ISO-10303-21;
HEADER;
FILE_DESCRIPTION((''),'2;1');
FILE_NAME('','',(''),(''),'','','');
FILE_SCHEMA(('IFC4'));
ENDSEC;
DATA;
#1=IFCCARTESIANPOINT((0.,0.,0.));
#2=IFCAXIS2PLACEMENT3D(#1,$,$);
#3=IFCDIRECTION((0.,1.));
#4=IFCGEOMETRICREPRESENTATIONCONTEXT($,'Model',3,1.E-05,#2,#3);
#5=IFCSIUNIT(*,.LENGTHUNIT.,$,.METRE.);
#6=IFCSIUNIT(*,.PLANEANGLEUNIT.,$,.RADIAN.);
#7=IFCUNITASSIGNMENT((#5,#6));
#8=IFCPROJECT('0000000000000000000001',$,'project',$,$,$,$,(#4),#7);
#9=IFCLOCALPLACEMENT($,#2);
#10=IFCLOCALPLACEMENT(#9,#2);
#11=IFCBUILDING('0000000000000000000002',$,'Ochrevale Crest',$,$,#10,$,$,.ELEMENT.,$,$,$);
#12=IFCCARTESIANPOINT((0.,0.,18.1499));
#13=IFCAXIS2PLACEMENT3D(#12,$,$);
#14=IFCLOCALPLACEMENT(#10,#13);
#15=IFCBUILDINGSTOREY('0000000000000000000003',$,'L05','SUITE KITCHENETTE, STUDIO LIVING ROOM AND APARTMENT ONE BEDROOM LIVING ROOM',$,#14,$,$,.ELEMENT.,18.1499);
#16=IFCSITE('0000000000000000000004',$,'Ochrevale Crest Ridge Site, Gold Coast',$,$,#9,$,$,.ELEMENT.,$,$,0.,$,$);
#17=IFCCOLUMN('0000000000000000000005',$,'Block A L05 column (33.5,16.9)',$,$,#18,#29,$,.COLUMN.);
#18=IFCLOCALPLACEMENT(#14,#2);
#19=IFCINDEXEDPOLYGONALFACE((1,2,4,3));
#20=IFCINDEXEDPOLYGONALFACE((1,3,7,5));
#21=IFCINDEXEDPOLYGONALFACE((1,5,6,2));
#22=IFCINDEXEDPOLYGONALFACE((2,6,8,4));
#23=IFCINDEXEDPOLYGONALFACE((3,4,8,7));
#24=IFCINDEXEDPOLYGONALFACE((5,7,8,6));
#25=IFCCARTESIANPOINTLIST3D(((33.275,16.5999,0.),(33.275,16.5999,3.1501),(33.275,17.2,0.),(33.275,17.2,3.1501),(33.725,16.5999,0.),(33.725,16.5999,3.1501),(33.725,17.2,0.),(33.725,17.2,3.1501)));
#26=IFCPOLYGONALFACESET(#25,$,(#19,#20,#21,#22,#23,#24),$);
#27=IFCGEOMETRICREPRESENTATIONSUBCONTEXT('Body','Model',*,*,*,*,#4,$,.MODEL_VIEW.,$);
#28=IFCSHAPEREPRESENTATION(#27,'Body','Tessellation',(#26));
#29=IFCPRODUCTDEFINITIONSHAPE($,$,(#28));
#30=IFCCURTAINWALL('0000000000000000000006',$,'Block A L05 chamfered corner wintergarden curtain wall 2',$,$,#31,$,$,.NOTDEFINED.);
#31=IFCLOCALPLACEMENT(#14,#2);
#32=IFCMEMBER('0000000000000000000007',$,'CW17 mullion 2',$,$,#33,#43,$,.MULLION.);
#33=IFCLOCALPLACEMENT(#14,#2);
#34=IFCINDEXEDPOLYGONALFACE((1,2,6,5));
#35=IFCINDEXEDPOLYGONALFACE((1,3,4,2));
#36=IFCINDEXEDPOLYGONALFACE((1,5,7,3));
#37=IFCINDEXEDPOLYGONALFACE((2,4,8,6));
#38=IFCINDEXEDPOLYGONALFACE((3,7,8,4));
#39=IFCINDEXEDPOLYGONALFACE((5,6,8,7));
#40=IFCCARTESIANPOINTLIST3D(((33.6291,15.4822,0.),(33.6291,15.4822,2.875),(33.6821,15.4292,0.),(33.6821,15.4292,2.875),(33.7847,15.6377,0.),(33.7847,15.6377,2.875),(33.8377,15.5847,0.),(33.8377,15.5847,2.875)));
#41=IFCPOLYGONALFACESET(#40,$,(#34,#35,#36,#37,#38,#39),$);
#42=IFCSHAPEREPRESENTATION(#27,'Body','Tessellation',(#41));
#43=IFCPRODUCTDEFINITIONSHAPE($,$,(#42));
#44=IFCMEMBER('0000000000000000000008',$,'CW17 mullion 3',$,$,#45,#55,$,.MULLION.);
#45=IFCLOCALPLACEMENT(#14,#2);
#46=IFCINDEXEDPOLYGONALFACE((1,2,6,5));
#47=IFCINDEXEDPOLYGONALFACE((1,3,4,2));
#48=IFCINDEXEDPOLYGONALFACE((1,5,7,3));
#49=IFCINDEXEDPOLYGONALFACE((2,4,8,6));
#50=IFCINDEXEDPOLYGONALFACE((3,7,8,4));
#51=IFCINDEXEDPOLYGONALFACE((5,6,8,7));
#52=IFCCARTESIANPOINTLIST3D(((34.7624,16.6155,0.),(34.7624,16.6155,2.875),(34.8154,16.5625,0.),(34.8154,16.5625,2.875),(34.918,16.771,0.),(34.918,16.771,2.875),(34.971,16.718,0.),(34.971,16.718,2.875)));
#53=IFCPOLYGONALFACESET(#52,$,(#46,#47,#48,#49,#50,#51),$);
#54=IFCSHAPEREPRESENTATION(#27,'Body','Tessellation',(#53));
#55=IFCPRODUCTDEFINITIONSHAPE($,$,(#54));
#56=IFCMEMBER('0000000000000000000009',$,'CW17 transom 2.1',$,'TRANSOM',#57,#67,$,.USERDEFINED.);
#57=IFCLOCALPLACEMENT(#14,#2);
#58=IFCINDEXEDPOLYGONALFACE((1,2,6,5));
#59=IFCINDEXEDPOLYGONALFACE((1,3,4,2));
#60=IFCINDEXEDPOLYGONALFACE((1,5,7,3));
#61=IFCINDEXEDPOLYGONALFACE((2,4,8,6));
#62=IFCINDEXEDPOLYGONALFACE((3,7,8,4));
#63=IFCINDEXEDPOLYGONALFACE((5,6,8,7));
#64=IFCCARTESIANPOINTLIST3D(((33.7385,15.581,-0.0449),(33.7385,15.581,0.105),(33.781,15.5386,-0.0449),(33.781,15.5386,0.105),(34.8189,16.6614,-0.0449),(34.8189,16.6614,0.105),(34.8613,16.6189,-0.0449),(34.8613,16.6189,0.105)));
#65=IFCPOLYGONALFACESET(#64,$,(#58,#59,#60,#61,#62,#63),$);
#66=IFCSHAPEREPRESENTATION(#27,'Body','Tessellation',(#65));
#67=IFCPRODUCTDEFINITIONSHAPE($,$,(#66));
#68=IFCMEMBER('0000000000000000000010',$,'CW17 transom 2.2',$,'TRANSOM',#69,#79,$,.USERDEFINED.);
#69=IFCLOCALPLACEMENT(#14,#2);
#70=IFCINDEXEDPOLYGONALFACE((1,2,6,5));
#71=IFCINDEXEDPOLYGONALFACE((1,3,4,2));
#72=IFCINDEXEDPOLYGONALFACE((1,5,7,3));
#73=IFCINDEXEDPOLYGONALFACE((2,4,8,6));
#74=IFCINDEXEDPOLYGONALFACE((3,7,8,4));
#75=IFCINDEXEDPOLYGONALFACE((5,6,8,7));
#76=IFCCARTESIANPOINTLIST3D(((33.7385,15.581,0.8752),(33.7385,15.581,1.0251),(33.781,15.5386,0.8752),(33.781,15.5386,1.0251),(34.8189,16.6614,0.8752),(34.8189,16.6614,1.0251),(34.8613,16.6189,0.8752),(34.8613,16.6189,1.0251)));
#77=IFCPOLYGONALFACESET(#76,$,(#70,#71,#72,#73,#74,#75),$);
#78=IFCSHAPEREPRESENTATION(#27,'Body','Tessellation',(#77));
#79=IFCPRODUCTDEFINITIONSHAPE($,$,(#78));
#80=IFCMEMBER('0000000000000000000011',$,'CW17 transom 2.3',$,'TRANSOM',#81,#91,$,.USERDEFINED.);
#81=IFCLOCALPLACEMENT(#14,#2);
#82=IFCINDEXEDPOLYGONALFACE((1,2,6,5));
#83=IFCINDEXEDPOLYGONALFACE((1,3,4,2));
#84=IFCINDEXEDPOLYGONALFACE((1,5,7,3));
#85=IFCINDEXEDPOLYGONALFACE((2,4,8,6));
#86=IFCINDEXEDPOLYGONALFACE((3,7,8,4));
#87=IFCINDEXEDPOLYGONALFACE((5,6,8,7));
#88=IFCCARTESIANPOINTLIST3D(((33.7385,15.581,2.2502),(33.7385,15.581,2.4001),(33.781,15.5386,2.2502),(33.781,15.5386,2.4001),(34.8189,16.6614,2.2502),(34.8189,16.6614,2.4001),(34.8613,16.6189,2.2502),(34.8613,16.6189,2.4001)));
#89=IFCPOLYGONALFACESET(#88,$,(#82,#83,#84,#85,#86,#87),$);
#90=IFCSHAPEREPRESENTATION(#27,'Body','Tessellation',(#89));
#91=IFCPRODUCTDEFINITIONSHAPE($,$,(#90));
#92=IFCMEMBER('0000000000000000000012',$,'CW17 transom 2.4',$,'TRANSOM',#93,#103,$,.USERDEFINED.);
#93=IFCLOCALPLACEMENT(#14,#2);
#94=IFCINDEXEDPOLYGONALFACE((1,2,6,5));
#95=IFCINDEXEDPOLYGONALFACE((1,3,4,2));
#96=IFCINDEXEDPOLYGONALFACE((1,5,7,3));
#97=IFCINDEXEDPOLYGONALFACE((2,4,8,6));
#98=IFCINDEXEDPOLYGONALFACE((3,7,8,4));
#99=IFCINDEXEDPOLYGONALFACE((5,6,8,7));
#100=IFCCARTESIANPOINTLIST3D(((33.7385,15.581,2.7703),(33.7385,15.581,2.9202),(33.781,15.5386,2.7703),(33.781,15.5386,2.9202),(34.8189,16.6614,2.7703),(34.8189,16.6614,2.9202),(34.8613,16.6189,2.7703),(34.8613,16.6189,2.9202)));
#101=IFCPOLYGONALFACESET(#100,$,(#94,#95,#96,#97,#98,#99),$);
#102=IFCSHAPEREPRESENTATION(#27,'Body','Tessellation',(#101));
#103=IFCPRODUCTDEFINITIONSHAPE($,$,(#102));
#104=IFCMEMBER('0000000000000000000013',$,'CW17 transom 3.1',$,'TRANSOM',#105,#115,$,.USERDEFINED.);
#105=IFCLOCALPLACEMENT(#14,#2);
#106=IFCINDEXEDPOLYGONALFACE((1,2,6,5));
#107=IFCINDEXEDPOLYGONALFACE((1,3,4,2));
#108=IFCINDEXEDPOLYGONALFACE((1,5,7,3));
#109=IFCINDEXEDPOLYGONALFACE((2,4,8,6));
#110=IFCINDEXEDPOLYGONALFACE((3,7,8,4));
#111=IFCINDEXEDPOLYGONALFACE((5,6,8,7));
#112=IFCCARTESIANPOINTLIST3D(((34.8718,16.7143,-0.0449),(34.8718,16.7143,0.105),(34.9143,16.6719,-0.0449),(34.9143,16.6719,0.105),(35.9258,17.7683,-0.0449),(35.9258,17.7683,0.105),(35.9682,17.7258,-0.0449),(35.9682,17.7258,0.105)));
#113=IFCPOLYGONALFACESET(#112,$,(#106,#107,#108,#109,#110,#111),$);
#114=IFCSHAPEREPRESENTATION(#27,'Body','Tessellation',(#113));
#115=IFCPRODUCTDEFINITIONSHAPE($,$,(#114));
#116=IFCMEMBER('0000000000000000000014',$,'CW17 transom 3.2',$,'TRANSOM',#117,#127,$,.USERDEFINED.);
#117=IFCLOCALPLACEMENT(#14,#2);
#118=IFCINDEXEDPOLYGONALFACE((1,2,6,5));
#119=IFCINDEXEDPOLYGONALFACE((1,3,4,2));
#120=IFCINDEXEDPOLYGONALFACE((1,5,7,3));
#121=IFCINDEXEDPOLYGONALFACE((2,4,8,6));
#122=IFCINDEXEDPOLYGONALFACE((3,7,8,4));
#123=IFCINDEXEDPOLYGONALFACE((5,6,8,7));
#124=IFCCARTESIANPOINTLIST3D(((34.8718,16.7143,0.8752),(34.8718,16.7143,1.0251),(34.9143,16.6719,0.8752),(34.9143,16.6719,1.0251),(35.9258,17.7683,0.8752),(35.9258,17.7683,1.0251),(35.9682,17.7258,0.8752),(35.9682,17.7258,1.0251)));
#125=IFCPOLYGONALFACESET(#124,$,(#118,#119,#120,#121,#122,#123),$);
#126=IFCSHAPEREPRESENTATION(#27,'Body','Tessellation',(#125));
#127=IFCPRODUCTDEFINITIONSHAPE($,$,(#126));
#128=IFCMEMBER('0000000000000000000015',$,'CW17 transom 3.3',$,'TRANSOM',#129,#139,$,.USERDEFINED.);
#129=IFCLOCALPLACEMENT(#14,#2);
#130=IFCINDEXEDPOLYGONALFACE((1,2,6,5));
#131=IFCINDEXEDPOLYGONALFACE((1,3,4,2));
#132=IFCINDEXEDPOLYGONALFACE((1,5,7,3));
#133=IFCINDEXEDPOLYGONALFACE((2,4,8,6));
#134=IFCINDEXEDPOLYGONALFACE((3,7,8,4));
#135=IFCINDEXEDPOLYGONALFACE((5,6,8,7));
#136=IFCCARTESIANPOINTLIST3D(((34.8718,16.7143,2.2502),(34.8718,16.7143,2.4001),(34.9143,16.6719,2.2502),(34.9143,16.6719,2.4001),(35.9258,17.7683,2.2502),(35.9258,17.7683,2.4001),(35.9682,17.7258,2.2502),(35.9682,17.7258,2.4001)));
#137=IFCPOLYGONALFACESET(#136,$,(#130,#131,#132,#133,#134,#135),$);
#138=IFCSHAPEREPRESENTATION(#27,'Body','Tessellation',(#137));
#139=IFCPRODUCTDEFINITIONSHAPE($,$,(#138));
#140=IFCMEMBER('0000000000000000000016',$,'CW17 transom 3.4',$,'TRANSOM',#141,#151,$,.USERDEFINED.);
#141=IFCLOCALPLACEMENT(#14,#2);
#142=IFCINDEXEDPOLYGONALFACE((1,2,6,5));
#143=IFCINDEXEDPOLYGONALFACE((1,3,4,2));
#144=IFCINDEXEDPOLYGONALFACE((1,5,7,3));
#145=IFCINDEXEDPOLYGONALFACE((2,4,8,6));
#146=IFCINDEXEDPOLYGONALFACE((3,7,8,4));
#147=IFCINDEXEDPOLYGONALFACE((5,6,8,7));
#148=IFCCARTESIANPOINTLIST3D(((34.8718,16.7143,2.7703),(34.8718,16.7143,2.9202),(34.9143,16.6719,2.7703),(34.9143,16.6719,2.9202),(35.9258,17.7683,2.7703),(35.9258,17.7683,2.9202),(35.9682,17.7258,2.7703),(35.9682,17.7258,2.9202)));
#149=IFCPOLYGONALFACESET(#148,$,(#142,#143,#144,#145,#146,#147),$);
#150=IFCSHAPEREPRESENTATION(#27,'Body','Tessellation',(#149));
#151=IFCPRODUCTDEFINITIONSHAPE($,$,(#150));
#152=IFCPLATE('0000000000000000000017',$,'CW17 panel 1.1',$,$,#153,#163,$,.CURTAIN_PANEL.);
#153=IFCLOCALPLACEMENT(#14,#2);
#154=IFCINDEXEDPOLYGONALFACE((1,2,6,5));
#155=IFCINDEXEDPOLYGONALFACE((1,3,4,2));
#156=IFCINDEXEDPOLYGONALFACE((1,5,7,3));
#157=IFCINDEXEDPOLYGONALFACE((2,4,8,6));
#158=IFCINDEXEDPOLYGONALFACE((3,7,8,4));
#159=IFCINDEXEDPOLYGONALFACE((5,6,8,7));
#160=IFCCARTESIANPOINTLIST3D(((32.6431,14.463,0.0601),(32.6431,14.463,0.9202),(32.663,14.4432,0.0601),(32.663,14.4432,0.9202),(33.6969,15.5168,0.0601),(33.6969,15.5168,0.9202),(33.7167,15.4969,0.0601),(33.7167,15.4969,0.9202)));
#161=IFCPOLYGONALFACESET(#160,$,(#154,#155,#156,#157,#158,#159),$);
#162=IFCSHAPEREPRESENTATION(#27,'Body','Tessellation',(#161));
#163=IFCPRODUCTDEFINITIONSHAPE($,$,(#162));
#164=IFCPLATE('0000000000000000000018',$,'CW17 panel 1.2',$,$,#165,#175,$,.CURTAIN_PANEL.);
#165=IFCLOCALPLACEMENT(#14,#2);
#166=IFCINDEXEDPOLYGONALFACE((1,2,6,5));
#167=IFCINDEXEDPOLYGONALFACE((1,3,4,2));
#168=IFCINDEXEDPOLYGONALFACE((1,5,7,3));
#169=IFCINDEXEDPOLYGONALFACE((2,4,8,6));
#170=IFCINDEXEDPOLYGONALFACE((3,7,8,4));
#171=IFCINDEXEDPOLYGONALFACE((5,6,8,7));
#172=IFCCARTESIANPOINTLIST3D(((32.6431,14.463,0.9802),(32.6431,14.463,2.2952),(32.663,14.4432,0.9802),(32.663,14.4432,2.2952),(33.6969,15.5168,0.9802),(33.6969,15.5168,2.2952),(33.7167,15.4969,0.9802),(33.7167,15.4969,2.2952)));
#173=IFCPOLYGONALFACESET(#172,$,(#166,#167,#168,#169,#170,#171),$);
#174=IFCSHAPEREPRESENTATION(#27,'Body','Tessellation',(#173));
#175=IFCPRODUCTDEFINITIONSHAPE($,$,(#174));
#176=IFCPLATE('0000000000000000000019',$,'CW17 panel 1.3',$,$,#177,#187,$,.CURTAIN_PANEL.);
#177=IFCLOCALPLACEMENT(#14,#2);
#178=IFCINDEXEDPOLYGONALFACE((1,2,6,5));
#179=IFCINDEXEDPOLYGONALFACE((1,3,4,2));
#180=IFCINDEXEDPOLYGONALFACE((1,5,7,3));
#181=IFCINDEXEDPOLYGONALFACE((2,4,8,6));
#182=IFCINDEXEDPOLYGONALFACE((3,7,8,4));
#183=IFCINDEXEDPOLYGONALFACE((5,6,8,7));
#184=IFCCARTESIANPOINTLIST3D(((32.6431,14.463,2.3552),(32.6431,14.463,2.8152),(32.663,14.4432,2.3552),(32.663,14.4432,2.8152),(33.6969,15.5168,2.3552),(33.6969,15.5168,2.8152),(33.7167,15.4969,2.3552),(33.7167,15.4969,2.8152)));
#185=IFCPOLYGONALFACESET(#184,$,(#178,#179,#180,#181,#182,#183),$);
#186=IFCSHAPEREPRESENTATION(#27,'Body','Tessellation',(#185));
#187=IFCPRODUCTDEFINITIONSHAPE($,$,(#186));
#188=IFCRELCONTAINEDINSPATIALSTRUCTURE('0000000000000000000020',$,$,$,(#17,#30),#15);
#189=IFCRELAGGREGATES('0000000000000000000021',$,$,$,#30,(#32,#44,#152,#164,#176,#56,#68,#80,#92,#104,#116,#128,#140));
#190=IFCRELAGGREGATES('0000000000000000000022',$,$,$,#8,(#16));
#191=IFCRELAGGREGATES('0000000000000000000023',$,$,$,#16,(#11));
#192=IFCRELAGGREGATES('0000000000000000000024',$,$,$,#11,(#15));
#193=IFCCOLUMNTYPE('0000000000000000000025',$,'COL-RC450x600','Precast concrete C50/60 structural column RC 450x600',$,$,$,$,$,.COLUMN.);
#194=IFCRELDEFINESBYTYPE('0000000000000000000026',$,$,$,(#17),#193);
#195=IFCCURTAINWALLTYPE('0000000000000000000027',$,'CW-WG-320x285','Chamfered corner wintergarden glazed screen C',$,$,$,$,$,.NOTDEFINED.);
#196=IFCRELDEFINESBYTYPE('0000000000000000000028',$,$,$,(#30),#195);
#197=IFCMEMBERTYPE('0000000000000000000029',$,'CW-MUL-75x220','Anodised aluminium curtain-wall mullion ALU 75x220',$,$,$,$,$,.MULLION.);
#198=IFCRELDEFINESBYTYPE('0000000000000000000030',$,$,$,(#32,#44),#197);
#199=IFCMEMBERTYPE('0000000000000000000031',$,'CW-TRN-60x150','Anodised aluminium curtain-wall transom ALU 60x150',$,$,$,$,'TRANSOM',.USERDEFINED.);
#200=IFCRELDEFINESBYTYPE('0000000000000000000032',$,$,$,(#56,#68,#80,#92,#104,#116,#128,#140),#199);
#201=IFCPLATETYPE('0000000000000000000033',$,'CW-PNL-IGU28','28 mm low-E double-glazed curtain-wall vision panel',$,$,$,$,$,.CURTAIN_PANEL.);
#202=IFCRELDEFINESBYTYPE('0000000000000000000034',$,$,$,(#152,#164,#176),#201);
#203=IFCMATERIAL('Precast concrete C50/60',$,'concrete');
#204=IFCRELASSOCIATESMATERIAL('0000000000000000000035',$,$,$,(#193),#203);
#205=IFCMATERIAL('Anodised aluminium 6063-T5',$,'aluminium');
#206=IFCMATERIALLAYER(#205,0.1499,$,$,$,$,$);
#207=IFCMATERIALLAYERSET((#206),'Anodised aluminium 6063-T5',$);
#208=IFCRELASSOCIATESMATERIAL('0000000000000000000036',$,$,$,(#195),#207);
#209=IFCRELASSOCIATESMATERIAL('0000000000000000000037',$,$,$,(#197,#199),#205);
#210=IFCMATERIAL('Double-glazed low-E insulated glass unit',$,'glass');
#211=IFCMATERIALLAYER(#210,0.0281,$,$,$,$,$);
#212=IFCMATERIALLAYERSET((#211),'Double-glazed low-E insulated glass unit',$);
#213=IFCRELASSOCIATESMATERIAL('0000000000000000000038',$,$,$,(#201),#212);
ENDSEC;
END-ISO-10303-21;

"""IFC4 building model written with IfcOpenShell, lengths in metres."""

from ifc_helpers import new_model, si_unit, direction, frame, origin, origin_2d, place, context, subcontext, project, spatial, rectangle, extrude, material, layer, layer_set, material_profile, profile_set, type_object, element, aggregate, save


model = new_model("IFC4")

# Units and contexts
model_context = context("Model", 3, precision=1e-05, world=origin(), true_north=direction((0.0, 1.0)))
body_context = subcontext(model_context, "Body", "Model", "MODEL_VIEW")
ifc_project = project(units=[si_unit("LENGTHUNIT", "METRE"), si_unit("PLANEANGLEUNIT", "RADIAN")], contexts=[model_context])

# Site, building, storey
site_placement = place(None, origin())
site = spatial("IfcSite", under=ifc_project, at=site_placement, Name="Ochrevale Crest Ridge Site, Gold Coast", CompositionType="ELEMENT", RefElevation=0.0)
building_placement = place(site_placement, origin())
building = spatial("IfcBuilding", under=site, at=building_placement, Name="Ochrevale Crest", CompositionType="ELEMENT")
storey_placement = place(building_placement, frame((0.0, 0.0, 18.1499)))
storey = spatial("IfcBuildingStorey", under=building, at=storey_placement, Name="L05", Description="SUITE KITCHENETTE, STUDIO LIVING ROOM AND APARTMENT ONE BEDROOM LIVING ROOM", CompositionType="ELEMENT", Elevation=18.1499)

# Column
ifc_material_1 = material(Name="Precast concrete C50/60", Category="concrete")
ifc_material_profile_1 = material_profile(ifc_material_1, rectangle(XDim=0.45, YDim=0.6001, at=origin_2d()), Name="RC 450x600")
ifc_profile_set_1 = profile_set([ifc_material_profile_1], Name="Precast concrete C50/60")
column_type = type_object("IfcColumnType", Name="COL-RC450x600", Description="Precast concrete C50/60 structural column RC 450x600", PredefinedType="COLUMN", material=ifc_profile_set_1)
column_placement = place(storey_placement, frame((33.5, 16.8999, 0.0), z_axis=(0.0, 0.0, 1.0), x_axis=(1.0, 0.0, 0.0)))
element("IfcColumn", 1, at=column_placement, inside=storey, type_object=column_type, Name="Block A L05 column (33.5,16.9)", PredefinedType="COLUMN", context=body_context, shape_type="SweptSolid", body=[
    extrude(rectangle(XDim=0.45, YDim=0.6001, at=origin_2d()), origin(), (0.0, 0.0, 1.0), 3.1501),
])

# Curtain wall, members, plates
ifc_material_2 = material(Name="Anodised aluminium 6063-T5", Category="aluminium")
ifc_layer_1 = layer(ifc_material_2, 0.1499)
ifc_layer_set_1 = layer_set([ifc_layer_1], Name="Anodised aluminium 6063-T5")
curtain_wall_type = type_object("IfcCurtainWallType", Name="CW-WG-320x285", Description="Chamfered corner wintergarden glazed screen C", PredefinedType="NOTDEFINED", material=ifc_layer_set_1)
curtain_wall_placement = place(storey_placement, origin())
curtain_wall = element("IfcCurtainWall", 2, at=curtain_wall_placement, inside=storey, type_object=curtain_wall_type, Name="Block A L05 chamfered corner wintergarden curtain wall 2", PredefinedType="NOTDEFINED")
ifc_material_profile_2 = material_profile(ifc_material_2, rectangle(XDim=0.075, YDim=0.22, at=origin_2d()), Name="ALU 75x220")
ifc_profile_set_2 = profile_set([ifc_material_profile_2], Name="Anodised aluminium 6063-T5")
member_type_1 = type_object("IfcMemberType", Name="CW-MUL-75x220", Description="Anodised aluminium curtain-wall mullion ALU 75x220", PredefinedType="MULLION", material=ifc_profile_set_2)
member_1_placement = place(storey_placement, frame((33.7334, 15.5334, 0.0), z_axis=(0.0, 0.0, 1.0), x_axis=(-0.707107, 0.707107, 0.0)))
member_1 = element("IfcMember", 3, at=member_1_placement, type_object=member_type_1, Name="CW17 mullion 2", PredefinedType="MULLION", context=body_context, shape_type="SweptSolid", body=[
    extrude(rectangle(XDim=0.075, YDim=0.22, at=origin_2d()), origin(), (0.0, 0.0, 1.0), 2.875),
])
member_2_placement = place(storey_placement, frame((34.8667, 16.6667, 0.0), z_axis=(0.0, 0.0, 1.0), x_axis=(-0.707107, 0.707107, 0.0)))
member_2 = element("IfcMember", 4, at=member_2_placement, type_object=member_type_1, Name="CW17 mullion 3", PredefinedType="MULLION", context=body_context, shape_type="SweptSolid", body=[
    extrude(rectangle(XDim=0.075, YDim=0.22, at=origin_2d()), origin(), (0.0, 0.0, 1.0), 2.875),
])
ifc_material_profile_3 = material_profile(ifc_material_2, rectangle(XDim=0.0601, YDim=0.1499, at=origin_2d()), Name="ALU 60x150")
ifc_profile_set_3 = profile_set([ifc_material_profile_3], Name="Anodised aluminium 6063-T5")
member_type_2 = type_object("IfcMemberType", Name="CW-TRN-60x150", Description="Anodised aluminium curtain-wall transom ALU 60x150", ElementType="TRANSOM", PredefinedType="USERDEFINED", material=ifc_profile_set_3)
member_3_placement = place(storey_placement, frame((33.7598, 15.5598, 0.03), z_axis=(0.707107, 0.707107, 0.0), x_axis=(-0.707107, 0.707107, 0.0)))
member_3 = element("IfcMember", 5, at=member_3_placement, type_object=member_type_2, Name="CW17 transom 2.1", ObjectType="TRANSOM", PredefinedType="USERDEFINED", context=body_context, shape_type="SweptSolid", body=[
    extrude(rectangle(XDim=0.0601, YDim=0.1499, at=origin_2d()), origin(), (0.0, 0.0, 1.0), 1.5278),
])
member_4_placement = place(storey_placement, frame((33.7598, 15.5598, 0.9502), z_axis=(0.707107, 0.707107, 0.0), x_axis=(-0.707107, 0.707107, 0.0)))
member_4 = element("IfcMember", 6, at=member_4_placement, type_object=member_type_2, Name="CW17 transom 2.2", ObjectType="TRANSOM", PredefinedType="USERDEFINED", context=body_context, shape_type="SweptSolid", body=[
    extrude(rectangle(XDim=0.0601, YDim=0.1499, at=origin_2d()), origin(), (0.0, 0.0, 1.0), 1.5278),
])
member_5_placement = place(storey_placement, frame((33.7598, 15.5598, 2.3252), z_axis=(0.707107, 0.707107, 0.0), x_axis=(-0.707107, 0.707107, 0.0)))
member_5 = element("IfcMember", 7, at=member_5_placement, type_object=member_type_2, Name="CW17 transom 2.3", ObjectType="TRANSOM", PredefinedType="USERDEFINED", context=body_context, shape_type="SweptSolid", body=[
    extrude(rectangle(XDim=0.0601, YDim=0.1499, at=origin_2d()), origin(), (0.0, 0.0, 1.0), 1.5278),
])
member_6_placement = place(storey_placement, frame((33.7598, 15.5598, 2.8452), z_axis=(0.707107, 0.707107, 0.0), x_axis=(-0.707107, 0.707107, 0.0)))
member_6 = element("IfcMember", 8, at=member_6_placement, type_object=member_type_2, Name="CW17 transom 2.4", ObjectType="TRANSOM", PredefinedType="USERDEFINED", context=body_context, shape_type="SweptSolid", body=[
    extrude(rectangle(XDim=0.0601, YDim=0.1499, at=origin_2d()), origin(), (0.0, 0.0, 1.0), 1.5278),
])
member_7_placement = place(storey_placement, frame((34.8931, 16.6931, 0.03), z_axis=(0.707107, 0.707107, 0.0), x_axis=(-0.707107, 0.707107, 0.0)))
member_7 = element("IfcMember", 9, at=member_7_placement, type_object=member_type_2, Name="CW17 transom 3.1", ObjectType="TRANSOM", PredefinedType="USERDEFINED", context=body_context, shape_type="SweptSolid", body=[
    extrude(rectangle(XDim=0.0601, YDim=0.1499, at=origin_2d()), origin(), (0.0, 0.0, 1.0), 1.4905),
])
member_8_placement = place(storey_placement, frame((34.8931, 16.6931, 0.9502), z_axis=(0.707107, 0.707107, 0.0), x_axis=(-0.707107, 0.707107, 0.0)))
member_8 = element("IfcMember", 10, at=member_8_placement, type_object=member_type_2, Name="CW17 transom 3.2", ObjectType="TRANSOM", PredefinedType="USERDEFINED", context=body_context, shape_type="SweptSolid", body=[
    extrude(rectangle(XDim=0.0601, YDim=0.1499, at=origin_2d()), origin(), (0.0, 0.0, 1.0), 1.4905),
])
member_9_placement = place(storey_placement, frame((34.8931, 16.6931, 2.3252), z_axis=(0.707107, 0.707107, 0.0), x_axis=(-0.707107, 0.707107, 0.0)))
member_9 = element("IfcMember", 11, at=member_9_placement, type_object=member_type_2, Name="CW17 transom 3.3", ObjectType="TRANSOM", PredefinedType="USERDEFINED", context=body_context, shape_type="SweptSolid", body=[
    extrude(rectangle(XDim=0.0601, YDim=0.1499, at=origin_2d()), origin(), (0.0, 0.0, 1.0), 1.4905),
])
member_10_placement = place(storey_placement, frame((34.8931, 16.6931, 2.8452), z_axis=(0.707107, 0.707107, 0.0), x_axis=(-0.707107, 0.707107, 0.0)))
member_10 = element("IfcMember", 12, at=member_10_placement, type_object=member_type_2, Name="CW17 transom 3.4", ObjectType="TRANSOM", PredefinedType="USERDEFINED", context=body_context, shape_type="SweptSolid", body=[
    extrude(rectangle(XDim=0.0601, YDim=0.1499, at=origin_2d()), origin(), (0.0, 0.0, 1.0), 1.4905),
])
ifc_material_3 = material(Name="Double-glazed low-E insulated glass unit", Category="glass")
ifc_layer_2 = layer(ifc_material_3, 0.0281)
ifc_layer_set_2 = layer_set([ifc_layer_2], Name="Double-glazed low-E insulated glass unit")
plate_type = type_object("IfcPlateType", Name="CW-PNL-IGU28", Description="28 mm low-E double-glazed curtain-wall vision panel", PredefinedType="CURTAIN_PANEL", material=ifc_layer_set_2)
plate_1_placement = place(storey_placement, frame((33.1799, 14.98, 0.0601), z_axis=(0.0, 0.0, 1.0), x_axis=(0.707107, 0.707107, 0.0)))
plate_1 = element("IfcPlate", 13, at=plate_1_placement, type_object=plate_type, Name="CW17 panel 1.1", PredefinedType="CURTAIN_PANEL", context=body_context, shape_type="SweptSolid", body=[
    extrude(rectangle(XDim=1.4902, YDim=0.0281, at=origin_2d()), origin(), (0.0, 0.0, 1.0), 0.8601),
])
plate_2_placement = place(storey_placement, frame((33.1799, 14.98, 0.9802), z_axis=(0.0, 0.0, 1.0), x_axis=(0.707107, 0.707107, 0.0)))
plate_2 = element("IfcPlate", 14, at=plate_2_placement, type_object=plate_type, Name="CW17 panel 1.2", PredefinedType="CURTAIN_PANEL", context=body_context, shape_type="SweptSolid", body=[
    extrude(rectangle(XDim=1.4902, YDim=0.0281, at=origin_2d()), origin(), (0.0, 0.0, 1.0), 1.3149),
])
plate_3_placement = place(storey_placement, frame((33.1799, 14.98, 2.3552), z_axis=(0.0, 0.0, 1.0), x_axis=(0.707107, 0.707107, 0.0)))
plate_3 = element("IfcPlate", 15, at=plate_3_placement, type_object=plate_type, Name="CW17 panel 1.3", PredefinedType="CURTAIN_PANEL", context=body_context, shape_type="SweptSolid", body=[
    extrude(rectangle(XDim=1.4902, YDim=0.0281, at=origin_2d()), origin(), (0.0, 0.0, 1.0), 0.46),
])
aggregate(curtain_wall, [member_1, member_2, plate_1, plate_2, plate_3, member_3, member_4, member_5, member_6, member_7, member_8, member_9, member_10])

save(model, "model.ifc")
